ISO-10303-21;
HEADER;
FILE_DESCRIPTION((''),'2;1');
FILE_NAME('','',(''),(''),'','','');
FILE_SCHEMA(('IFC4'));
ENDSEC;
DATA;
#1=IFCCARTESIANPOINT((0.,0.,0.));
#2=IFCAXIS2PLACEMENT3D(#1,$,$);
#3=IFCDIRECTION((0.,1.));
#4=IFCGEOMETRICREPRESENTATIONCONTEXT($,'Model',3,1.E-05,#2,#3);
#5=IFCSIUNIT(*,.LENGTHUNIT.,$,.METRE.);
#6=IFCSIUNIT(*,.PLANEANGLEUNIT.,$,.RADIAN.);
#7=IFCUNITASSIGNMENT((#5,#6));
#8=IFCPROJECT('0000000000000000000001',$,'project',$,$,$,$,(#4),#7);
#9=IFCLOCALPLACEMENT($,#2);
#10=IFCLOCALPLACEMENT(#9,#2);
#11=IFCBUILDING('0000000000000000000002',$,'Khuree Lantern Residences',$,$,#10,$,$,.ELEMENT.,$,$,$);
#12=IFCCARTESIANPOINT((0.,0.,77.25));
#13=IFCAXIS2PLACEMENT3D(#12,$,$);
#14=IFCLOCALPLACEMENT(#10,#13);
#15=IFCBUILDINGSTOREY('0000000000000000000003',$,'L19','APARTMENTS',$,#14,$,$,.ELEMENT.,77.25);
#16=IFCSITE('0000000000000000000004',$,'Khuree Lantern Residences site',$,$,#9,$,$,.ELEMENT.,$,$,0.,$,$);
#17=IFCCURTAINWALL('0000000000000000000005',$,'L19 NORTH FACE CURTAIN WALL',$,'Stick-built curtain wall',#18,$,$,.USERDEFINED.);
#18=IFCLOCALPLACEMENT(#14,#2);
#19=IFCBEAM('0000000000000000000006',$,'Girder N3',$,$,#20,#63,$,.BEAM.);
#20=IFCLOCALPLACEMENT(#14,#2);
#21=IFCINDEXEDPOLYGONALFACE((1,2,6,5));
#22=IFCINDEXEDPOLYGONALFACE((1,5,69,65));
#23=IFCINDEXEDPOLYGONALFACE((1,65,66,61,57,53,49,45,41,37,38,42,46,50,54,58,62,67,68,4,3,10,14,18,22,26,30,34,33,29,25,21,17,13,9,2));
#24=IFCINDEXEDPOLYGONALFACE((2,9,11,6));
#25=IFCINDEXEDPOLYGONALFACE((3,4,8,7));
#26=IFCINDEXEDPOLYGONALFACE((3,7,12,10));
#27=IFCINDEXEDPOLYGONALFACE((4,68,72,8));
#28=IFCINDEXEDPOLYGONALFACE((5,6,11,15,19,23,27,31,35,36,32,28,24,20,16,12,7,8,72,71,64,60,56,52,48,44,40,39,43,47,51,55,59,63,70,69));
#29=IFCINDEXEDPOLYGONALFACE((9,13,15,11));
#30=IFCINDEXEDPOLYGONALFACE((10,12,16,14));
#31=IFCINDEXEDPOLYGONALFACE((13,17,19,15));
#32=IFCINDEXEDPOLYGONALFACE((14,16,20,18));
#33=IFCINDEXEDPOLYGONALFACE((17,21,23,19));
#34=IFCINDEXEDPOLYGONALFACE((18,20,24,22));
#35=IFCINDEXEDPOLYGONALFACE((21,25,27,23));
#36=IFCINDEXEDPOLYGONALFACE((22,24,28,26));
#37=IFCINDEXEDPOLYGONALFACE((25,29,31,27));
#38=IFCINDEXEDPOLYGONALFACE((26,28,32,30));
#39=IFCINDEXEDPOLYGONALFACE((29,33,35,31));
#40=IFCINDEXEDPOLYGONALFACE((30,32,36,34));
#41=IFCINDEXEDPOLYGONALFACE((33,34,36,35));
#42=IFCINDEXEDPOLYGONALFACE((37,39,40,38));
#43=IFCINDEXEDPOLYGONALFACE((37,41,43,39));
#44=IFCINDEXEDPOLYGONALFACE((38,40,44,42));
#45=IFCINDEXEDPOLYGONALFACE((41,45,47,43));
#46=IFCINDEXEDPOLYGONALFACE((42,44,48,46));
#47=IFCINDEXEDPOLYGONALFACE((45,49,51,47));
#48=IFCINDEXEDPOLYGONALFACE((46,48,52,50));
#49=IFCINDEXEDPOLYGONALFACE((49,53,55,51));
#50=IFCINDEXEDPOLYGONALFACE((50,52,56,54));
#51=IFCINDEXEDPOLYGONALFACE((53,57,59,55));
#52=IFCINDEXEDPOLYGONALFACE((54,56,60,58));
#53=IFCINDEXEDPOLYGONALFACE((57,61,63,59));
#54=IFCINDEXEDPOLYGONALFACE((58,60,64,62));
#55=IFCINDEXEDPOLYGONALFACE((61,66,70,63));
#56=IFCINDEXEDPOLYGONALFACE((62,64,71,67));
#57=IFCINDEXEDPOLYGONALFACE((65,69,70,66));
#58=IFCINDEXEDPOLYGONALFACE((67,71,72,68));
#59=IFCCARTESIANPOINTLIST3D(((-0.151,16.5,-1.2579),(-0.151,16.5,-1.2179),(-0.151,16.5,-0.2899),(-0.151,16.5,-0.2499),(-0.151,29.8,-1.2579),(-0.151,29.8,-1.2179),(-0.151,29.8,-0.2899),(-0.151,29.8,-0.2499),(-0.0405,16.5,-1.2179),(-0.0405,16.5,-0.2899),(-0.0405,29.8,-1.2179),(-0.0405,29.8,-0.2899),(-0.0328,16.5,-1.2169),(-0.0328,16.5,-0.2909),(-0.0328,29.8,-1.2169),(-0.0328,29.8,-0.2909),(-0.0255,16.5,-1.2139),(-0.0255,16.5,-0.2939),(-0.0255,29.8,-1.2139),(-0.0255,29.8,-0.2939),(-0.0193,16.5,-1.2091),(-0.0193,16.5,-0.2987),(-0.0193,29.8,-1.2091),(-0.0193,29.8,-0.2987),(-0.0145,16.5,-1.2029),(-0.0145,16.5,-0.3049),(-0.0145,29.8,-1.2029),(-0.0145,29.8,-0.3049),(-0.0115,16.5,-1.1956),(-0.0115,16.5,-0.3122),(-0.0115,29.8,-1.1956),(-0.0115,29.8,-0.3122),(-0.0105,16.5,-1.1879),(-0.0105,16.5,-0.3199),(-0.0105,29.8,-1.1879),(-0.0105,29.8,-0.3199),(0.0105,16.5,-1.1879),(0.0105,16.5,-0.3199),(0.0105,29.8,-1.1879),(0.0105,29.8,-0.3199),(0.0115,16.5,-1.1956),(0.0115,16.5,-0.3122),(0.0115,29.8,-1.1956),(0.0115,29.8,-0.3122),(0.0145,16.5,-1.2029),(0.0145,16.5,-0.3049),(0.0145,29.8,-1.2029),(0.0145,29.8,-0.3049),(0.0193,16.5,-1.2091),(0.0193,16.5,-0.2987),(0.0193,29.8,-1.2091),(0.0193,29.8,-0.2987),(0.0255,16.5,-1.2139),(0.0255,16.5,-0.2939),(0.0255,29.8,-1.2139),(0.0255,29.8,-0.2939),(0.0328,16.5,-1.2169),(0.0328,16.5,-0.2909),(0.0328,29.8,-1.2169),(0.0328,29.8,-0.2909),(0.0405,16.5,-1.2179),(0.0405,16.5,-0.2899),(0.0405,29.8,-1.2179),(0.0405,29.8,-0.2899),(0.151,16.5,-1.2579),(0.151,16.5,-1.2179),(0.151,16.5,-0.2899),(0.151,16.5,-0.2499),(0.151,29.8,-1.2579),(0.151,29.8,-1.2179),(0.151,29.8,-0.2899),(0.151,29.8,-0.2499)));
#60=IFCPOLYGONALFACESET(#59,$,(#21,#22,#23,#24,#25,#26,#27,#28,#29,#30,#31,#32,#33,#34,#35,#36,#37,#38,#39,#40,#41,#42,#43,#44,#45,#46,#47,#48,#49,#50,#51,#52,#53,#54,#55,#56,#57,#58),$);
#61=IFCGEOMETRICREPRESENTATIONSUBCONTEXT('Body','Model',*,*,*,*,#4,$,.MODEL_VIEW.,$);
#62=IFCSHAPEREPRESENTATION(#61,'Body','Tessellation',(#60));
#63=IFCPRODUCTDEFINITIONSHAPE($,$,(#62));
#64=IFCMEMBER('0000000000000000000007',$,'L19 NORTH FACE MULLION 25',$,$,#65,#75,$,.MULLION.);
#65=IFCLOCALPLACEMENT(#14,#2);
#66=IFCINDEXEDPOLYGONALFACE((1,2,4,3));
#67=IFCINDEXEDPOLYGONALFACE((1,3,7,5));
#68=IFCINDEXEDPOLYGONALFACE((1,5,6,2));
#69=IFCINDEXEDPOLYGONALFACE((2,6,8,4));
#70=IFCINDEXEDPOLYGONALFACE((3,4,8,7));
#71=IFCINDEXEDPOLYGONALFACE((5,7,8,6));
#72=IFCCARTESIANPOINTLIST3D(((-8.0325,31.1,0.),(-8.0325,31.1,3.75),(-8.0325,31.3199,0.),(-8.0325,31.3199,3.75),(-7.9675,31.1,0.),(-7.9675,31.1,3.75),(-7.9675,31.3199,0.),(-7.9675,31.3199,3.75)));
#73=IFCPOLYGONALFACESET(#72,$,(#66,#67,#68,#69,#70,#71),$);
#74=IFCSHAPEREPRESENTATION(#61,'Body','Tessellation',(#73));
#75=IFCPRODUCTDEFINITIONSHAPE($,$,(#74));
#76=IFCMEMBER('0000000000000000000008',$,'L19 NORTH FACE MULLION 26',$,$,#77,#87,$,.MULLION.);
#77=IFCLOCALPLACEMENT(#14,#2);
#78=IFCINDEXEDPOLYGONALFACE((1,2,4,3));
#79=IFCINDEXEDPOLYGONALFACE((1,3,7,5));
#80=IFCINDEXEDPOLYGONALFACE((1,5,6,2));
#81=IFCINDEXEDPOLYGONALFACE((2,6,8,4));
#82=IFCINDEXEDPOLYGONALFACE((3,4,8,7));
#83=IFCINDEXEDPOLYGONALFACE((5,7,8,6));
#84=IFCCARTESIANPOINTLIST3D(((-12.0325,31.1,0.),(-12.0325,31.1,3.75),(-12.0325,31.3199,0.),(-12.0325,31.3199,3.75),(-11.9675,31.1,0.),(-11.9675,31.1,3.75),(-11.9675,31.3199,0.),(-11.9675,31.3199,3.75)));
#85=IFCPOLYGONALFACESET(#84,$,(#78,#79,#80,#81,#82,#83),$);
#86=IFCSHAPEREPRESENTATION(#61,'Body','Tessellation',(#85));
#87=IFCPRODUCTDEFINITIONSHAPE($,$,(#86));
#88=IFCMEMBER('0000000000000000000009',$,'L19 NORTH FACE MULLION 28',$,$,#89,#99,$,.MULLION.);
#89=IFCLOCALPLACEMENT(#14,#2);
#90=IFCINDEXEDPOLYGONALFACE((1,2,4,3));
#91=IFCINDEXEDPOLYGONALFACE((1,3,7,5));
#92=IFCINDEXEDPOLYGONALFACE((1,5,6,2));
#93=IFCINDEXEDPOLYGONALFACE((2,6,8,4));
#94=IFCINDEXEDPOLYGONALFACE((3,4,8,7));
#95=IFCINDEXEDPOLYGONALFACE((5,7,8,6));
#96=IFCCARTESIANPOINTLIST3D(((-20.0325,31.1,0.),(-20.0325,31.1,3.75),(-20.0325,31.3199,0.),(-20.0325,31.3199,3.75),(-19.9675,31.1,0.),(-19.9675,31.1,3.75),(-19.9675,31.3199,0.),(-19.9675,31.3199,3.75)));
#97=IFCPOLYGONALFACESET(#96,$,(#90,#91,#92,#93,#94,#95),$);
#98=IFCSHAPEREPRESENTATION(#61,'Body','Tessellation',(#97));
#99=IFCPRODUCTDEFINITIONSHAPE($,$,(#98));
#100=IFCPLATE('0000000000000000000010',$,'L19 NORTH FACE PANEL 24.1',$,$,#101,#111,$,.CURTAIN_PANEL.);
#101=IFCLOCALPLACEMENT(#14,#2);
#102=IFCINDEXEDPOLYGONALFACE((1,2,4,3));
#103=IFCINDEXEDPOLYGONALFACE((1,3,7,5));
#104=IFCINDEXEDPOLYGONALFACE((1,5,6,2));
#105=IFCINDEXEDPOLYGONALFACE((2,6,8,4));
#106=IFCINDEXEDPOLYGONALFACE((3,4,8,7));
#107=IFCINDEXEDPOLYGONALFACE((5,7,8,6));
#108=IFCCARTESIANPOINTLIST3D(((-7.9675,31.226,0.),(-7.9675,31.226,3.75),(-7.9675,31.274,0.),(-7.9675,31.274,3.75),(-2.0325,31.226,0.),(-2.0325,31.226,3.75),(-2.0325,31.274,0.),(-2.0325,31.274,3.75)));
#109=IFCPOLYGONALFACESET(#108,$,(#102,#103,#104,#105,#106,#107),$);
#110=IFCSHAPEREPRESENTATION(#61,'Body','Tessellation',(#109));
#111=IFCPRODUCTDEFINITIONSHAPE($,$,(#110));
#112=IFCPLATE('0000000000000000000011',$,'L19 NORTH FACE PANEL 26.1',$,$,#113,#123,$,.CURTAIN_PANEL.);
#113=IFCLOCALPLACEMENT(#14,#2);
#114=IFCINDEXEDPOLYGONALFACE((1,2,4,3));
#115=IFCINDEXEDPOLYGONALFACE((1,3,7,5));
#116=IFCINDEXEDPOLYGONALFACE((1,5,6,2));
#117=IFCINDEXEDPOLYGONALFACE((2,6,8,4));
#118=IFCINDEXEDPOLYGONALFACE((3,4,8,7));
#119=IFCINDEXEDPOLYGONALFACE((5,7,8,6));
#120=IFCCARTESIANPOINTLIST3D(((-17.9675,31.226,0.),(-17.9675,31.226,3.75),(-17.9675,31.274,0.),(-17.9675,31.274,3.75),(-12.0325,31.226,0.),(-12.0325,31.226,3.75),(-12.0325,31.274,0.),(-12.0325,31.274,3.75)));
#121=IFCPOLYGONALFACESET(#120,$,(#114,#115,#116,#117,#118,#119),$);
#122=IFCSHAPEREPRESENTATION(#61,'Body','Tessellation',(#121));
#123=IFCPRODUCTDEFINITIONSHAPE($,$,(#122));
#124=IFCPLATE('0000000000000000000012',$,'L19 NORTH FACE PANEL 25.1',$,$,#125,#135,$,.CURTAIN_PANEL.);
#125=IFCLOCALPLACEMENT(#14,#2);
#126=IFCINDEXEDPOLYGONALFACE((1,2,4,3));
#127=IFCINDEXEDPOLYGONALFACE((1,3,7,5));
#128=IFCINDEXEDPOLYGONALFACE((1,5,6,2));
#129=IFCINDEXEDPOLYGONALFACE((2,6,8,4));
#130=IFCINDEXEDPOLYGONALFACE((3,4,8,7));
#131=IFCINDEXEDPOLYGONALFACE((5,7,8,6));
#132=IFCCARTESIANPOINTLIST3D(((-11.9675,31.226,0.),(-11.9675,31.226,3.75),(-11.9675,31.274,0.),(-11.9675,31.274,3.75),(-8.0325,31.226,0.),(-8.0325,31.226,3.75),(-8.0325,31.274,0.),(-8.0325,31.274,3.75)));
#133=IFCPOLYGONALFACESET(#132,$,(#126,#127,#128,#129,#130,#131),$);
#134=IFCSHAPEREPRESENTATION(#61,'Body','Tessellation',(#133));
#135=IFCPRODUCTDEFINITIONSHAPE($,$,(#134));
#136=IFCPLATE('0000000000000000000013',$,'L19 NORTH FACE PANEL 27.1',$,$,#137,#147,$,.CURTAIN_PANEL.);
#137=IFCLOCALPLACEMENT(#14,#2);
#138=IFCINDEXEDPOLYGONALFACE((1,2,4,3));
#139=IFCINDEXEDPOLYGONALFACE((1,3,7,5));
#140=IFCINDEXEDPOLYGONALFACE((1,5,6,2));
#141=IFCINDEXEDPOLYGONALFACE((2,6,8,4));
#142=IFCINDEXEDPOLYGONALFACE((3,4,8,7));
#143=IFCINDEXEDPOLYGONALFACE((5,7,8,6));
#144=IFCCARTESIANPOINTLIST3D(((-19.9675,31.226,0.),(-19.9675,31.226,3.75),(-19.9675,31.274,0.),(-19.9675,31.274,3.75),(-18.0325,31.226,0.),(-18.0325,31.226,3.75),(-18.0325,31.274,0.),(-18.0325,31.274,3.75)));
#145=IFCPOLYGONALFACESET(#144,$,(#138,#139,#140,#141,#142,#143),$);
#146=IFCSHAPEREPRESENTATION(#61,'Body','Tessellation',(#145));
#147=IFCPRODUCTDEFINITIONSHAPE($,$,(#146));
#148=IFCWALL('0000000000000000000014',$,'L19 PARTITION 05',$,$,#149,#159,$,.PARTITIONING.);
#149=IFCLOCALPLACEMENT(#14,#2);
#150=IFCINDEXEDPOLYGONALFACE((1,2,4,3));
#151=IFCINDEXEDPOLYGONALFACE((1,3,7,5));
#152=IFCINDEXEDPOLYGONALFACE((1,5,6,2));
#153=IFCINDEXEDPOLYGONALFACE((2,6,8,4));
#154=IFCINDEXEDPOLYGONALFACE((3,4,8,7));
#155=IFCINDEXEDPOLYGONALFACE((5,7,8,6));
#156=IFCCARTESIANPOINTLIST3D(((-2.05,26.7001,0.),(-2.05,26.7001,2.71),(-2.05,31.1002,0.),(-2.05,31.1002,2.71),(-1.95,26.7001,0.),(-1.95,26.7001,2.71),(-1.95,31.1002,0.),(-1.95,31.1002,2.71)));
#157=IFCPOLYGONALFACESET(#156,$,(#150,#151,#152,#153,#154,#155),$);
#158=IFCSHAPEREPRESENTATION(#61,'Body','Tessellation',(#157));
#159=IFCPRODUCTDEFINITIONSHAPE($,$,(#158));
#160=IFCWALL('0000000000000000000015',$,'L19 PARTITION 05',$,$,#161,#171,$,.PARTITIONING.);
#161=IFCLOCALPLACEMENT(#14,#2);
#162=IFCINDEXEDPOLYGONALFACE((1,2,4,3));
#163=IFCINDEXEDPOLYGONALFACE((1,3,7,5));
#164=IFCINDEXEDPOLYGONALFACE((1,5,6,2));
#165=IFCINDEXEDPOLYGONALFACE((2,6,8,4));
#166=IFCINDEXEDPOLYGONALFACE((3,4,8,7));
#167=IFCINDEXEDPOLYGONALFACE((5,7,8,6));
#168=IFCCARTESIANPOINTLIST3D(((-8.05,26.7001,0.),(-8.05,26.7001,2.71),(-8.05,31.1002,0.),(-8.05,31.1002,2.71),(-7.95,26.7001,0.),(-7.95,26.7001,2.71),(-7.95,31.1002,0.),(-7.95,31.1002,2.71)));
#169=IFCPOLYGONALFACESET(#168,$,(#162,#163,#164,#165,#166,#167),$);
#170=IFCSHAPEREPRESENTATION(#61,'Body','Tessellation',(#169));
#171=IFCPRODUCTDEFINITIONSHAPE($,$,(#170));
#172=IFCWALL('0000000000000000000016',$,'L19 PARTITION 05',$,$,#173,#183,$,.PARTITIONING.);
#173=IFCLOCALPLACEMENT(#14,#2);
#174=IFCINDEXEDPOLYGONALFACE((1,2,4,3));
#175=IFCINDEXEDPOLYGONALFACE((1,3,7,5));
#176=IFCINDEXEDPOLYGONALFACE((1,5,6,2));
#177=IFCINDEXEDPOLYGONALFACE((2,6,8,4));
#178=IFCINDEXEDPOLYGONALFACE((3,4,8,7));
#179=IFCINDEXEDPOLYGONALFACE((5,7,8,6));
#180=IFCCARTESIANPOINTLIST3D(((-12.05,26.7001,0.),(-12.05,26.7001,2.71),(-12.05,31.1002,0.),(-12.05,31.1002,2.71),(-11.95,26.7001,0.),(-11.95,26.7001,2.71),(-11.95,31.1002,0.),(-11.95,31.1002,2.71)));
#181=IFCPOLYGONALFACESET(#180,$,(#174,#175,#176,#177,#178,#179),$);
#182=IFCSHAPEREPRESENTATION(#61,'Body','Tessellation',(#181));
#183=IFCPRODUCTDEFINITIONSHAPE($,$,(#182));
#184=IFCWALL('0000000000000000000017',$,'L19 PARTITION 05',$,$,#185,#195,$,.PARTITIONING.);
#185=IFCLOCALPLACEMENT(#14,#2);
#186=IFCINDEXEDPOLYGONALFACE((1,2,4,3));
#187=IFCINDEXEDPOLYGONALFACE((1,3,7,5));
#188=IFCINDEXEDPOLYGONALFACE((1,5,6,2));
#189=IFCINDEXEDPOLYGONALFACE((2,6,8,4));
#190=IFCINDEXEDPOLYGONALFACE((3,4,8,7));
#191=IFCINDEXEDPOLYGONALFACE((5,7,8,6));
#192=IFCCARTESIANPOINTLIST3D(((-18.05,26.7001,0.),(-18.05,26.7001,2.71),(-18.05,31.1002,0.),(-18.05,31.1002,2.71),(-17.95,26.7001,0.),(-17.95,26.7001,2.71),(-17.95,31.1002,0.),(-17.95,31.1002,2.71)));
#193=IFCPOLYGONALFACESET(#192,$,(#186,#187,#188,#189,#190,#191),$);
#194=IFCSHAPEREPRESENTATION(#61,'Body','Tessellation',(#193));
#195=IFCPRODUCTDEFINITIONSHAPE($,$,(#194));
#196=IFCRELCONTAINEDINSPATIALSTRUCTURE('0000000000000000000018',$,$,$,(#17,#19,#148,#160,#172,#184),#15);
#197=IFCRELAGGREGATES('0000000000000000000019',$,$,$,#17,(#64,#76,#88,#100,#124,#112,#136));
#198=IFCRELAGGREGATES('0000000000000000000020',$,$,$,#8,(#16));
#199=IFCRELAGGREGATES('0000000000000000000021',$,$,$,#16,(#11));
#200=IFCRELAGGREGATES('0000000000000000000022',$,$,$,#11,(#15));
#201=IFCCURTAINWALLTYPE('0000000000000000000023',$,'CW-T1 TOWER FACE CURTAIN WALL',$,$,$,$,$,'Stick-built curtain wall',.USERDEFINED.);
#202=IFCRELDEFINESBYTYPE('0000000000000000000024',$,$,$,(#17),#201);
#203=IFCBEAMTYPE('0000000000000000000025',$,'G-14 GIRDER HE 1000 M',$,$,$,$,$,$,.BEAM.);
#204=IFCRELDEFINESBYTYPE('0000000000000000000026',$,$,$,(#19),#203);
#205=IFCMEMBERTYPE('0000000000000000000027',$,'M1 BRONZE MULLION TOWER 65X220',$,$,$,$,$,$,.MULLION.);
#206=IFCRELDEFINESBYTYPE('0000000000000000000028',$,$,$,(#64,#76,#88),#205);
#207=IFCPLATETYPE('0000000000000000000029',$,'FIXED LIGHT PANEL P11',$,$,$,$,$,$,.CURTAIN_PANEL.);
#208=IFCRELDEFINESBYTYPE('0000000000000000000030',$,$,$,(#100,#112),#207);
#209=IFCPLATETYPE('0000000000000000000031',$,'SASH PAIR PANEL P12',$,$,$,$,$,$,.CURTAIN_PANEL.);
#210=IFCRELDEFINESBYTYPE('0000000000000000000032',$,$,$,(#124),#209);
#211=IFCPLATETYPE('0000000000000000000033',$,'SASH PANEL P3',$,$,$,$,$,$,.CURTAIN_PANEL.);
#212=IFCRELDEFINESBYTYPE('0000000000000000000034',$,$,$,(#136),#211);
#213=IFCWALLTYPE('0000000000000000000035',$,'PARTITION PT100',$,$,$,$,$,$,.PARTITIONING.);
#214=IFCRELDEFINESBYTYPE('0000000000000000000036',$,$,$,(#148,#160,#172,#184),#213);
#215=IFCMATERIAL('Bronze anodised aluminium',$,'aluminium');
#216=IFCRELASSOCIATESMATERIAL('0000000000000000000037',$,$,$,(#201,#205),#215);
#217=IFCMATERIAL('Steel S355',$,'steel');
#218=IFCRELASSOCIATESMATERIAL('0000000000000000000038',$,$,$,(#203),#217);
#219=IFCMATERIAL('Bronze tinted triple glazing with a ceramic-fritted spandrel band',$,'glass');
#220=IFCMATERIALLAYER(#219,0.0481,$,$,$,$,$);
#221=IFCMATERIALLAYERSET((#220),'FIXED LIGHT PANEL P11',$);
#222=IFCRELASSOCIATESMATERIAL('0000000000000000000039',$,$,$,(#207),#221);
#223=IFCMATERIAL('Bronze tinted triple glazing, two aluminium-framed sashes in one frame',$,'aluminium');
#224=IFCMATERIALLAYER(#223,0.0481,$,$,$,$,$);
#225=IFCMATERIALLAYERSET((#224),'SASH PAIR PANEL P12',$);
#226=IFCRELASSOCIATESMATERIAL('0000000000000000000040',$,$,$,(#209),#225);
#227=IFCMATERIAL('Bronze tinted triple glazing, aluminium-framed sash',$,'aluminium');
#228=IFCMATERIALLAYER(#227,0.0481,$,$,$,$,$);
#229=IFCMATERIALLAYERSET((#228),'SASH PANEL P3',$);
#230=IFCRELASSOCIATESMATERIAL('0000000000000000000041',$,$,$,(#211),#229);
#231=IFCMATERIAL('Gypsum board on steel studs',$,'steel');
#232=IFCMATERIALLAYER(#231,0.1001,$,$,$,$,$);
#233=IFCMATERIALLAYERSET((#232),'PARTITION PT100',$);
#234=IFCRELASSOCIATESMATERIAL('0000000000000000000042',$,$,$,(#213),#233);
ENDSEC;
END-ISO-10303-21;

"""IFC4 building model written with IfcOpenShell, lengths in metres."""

from ifc_helpers import new_model, si_unit, direction, frame, frame_2d, origin, origin_2d, place, context, subcontext, project, spatial, rectangle, i_section, extrude, material, layer, layer_set, material_profile, profile_set, type_object, element, aggregate, save


model = new_model("IFC4")

# Units and contexts
model_context = context("Model", 3, precision=1e-05, world=origin(), true_north=direction((0.0, 1.0)))
body_context = subcontext(model_context, "Body", "Model", "MODEL_VIEW")
ifc_project = project(units=[si_unit("LENGTHUNIT", "METRE"), si_unit("PLANEANGLEUNIT", "RADIAN")], contexts=[model_context])

# Site, building, storey
site_placement = place(None, origin())
site = spatial("IfcSite", under=ifc_project, at=site_placement, Name="Khuree Lantern Residences site", CompositionType="ELEMENT", RefElevation=0.0)
building_placement = place(site_placement, origin())
building = spatial("IfcBuilding", under=site, at=building_placement, Name="Khuree Lantern Residences", CompositionType="ELEMENT")
storey_placement = place(building_placement, frame((0.0, 0.0, 77.25)))
storey = spatial("IfcBuildingStorey", under=building, at=storey_placement, Name="L19", Description="APARTMENTS", CompositionType="ELEMENT", Elevation=77.25)

# Shared definitions
ifc_material_1 = material(Name="Steel S355", Category="steel")

# Curtain wall
ifc_material_2 = material(Name="Bronze anodised aluminium", Category="aluminium")
curtain_wall_type = type_object("IfcCurtainWallType", Name="CW-T1 TOWER FACE CURTAIN WALL", ElementType="Stick-built curtain wall", PredefinedType="USERDEFINED", material=ifc_material_2)
curtain_wall_placement = place(storey_placement, origin())
curtain_wall = element("IfcCurtainWall", 1, at=curtain_wall_placement, inside=storey, type_object=curtain_wall_type, Name="L19 NORTH FACE CURTAIN WALL", ObjectType="Stick-built curtain wall", PredefinedType="USERDEFINED")

# Beam
ifc_material_profile_1 = material_profile(ifc_material_1, i_section(OverallWidth=0.302, OverallDepth=1.0081, WebThickness=0.021, FlangeThickness=0.04, FilletRadius=0.03, at=origin_2d()), Name="HE 1000 M")
ifc_profile_set_1 = profile_set([ifc_material_profile_1], Name="Steel S355")
beam_type_1 = type_object("IfcBeamType", Name="G-14 GIRDER HE 1000 M", PredefinedType="BEAM", material=ifc_profile_set_1)
for number, where, z_axis, x_axis, name in (
    (2, (0.0, 29.8, -0.7539), (0.0, -1.0, 0.0), (1.0, 0.0, 0.0), "Girder N3"),
):
    element("IfcBeam", number, at=place(storey_placement, frame(where, z_axis=z_axis, x_axis=x_axis)), inside=storey, type_object=beam_type_1, Name=name, PredefinedType="BEAM", context=body_context, shape_type="SweptSolid", body=[
        extrude(i_section(OverallWidth=0.302, OverallDepth=1.0081, WebThickness=0.021, FlangeThickness=0.04, FilletRadius=0.03, at=origin_2d()), origin(), (0.0, 0.0, 1.0), 13.3),
    ])

# Members
ifc_material_profile_2 = material_profile(ifc_material_2, rectangle(XDim=0.0649, YDim=0.22, at=origin_2d()), Name="M1 65X220")
ifc_profile_set_2 = profile_set([ifc_material_profile_2], Name="Bronze anodised aluminium")
member_type_1 = type_object("IfcMemberType", Name="M1 BRONZE MULLION TOWER 65X220", PredefinedType="MULLION", material=ifc_profile_set_2)
member_1_placement = place(storey_placement, frame((-8.0, 31.21, 0.0), z_axis=(0.0, 0.0, 1.0), x_axis=(-1.0, 0.0, 0.0)))
member_1 = element("IfcMember", 3, at=member_1_placement, type_object=member_type_1, Name="L19 NORTH FACE MULLION 25", PredefinedType="MULLION", context=body_context, shape_type="SweptSolid", body=[
    extrude(rectangle(XDim=0.0649, YDim=0.22, at=origin_2d()), origin(), (0.0, 0.0, 1.0), 3.75),
])
member_2_placement = place(storey_placement, frame((-12.0, 31.21, 0.0), z_axis=(0.0, 0.0, 1.0), x_axis=(-1.0, 0.0, 0.0)))
member_2 = element("IfcMember", 4, at=member_2_placement, type_object=member_type_1, Name="L19 NORTH FACE MULLION 26", PredefinedType="MULLION", context=body_context, shape_type="SweptSolid", body=[
    extrude(rectangle(XDim=0.0649, YDim=0.22, at=origin_2d()), origin(), (0.0, 0.0, 1.0), 3.75),
])
member_3_placement = place(storey_placement, frame((-20.0, 31.21, 0.0), z_axis=(0.0, 0.0, 1.0), x_axis=(-1.0, 0.0, 0.0)))
member_3 = element("IfcMember", 5, at=member_3_placement, type_object=member_type_1, Name="L19 NORTH FACE MULLION 28", PredefinedType="MULLION", context=body_context, shape_type="SweptSolid", body=[
    extrude(rectangle(XDim=0.0649, YDim=0.22, at=origin_2d()), origin(), (0.0, 0.0, 1.0), 3.75),
])

# Plates
ifc_material_3 = material(Name="Bronze tinted triple glazing with a ceramic-fritted spandrel band", Category="glass")
ifc_layer_1 = layer(ifc_material_3, 0.0481)
ifc_layer_set_1 = layer_set([ifc_layer_1], Name="FIXED LIGHT PANEL P11")
plate_type_1 = type_object("IfcPlateType", Name="FIXED LIGHT PANEL P11", PredefinedType="CURTAIN_PANEL", material=ifc_layer_set_1)
plate_1_placement = place(storey_placement, frame((-5.0, 31.25, 0.0), z_axis=(0.0, 0.0, 1.0), x_axis=(-1.0, 0.0, 0.0)))
plate_1 = element("IfcPlate", 6, at=plate_1_placement, type_object=plate_type_1, Name="L19 NORTH FACE PANEL 24.1", PredefinedType="CURTAIN_PANEL", context=body_context, shape_type="SweptSolid", body=[
    extrude(rectangle(XDim=5.9351, YDim=0.0481, at=origin_2d()), origin(), (0.0, 0.0, 1.0), 3.75),
])
plate_2_placement = place(storey_placement, frame((-15.0, 31.25, 0.0), z_axis=(0.0, 0.0, 1.0), x_axis=(-1.0, 0.0, 0.0)))
plate_2 = element("IfcPlate", 7, at=plate_2_placement, type_object=plate_type_1, Name="L19 NORTH FACE PANEL 26.1", PredefinedType="CURTAIN_PANEL", context=body_context, shape_type="SweptSolid", body=[
    extrude(rectangle(XDim=5.9351, YDim=0.0481, at=origin_2d()), origin(), (0.0, 0.0, 1.0), 3.75),
])
ifc_material_4 = material(Name="Bronze tinted triple glazing, two aluminium-framed sashes in one frame", Category="aluminium")
ifc_layer_2 = layer(ifc_material_4, 0.0481)
ifc_layer_set_2 = layer_set([ifc_layer_2], Name="SASH PAIR PANEL P12")
plate_type_2 = type_object("IfcPlateType", Name="SASH PAIR PANEL P12", PredefinedType="CURTAIN_PANEL", material=ifc_layer_set_2)
plate_3_placement = place(storey_placement, frame((-10.0, 31.25, 0.0), z_axis=(0.0, 0.0, 1.0), x_axis=(-1.0, 0.0, 0.0)))
plate_3 = element("IfcPlate", 8, at=plate_3_placement, type_object=plate_type_2, Name="L19 NORTH FACE PANEL 25.1", PredefinedType="CURTAIN_PANEL", context=body_context, shape_type="SweptSolid", body=[
    extrude(rectangle(XDim=3.9351, YDim=0.0481, at=origin_2d()), origin(), (0.0, 0.0, 1.0), 3.75),
])
ifc_material_5 = material(Name="Bronze tinted triple glazing, aluminium-framed sash", Category="aluminium")
ifc_layer_3 = layer(ifc_material_5, 0.0481)
ifc_layer_set_3 = layer_set([ifc_layer_3], Name="SASH PANEL P3")
plate_type_3 = type_object("IfcPlateType", Name="SASH PANEL P3", PredefinedType="CURTAIN_PANEL", material=ifc_layer_set_3)
plate_4_placement = place(storey_placement, frame((-19.0, 31.25, 0.0), z_axis=(0.0, 0.0, 1.0), x_axis=(-1.0, 0.0, 0.0)))
plate_4 = element("IfcPlate", 9, at=plate_4_placement, type_object=plate_type_3, Name="L19 NORTH FACE PANEL 27.1", PredefinedType="CURTAIN_PANEL", context=body_context, shape_type="SweptSolid", body=[
    extrude(rectangle(XDim=1.9351, YDim=0.0481, at=origin_2d()), origin(), (0.0, 0.0, 1.0), 3.75),
])
aggregate(curtain_wall, [member_1, member_2, member_3, plate_1, plate_3, plate_2, plate_4])

# Walls
ifc_material_6 = material(Name="Gypsum board on steel studs", Category="steel")
ifc_layer_4 = layer(ifc_material_6, 0.1001)
ifc_layer_set_4 = layer_set([ifc_layer_4], Name="PARTITION PT100")
wall_type = type_object("IfcWallType", Name="PARTITION PT100", PredefinedType="PARTITIONING", material=ifc_layer_set_4)
for number, where, z_axis, x_axis, name in (
    (10, (-2.0, 26.7, 0.0), (0.0, 0.0, 1.0), (0.0, 1.0, 0.0), "L19 PARTITION 05"),
    (11, (-8.0, 26.7, 0.0), (0.0, 0.0, 1.0), (0.0, 1.0, 0.0), "L19 PARTITION 05"),
    (12, (-12.0, 26.7, 0.0), (0.0, 0.0, 1.0), (0.0, 1.0, 0.0), "L19 PARTITION 05"),
    (13, (-18.0, 26.7, 0.0), (0.0, 0.0, 1.0), (0.0, 1.0, 0.0), "L19 PARTITION 05"),
):
    element("IfcWall", number, at=place(storey_placement, frame(where, z_axis=z_axis, x_axis=x_axis)), inside=storey, type_object=wall_type, Name=name, PredefinedType="PARTITIONING", context=body_context, shape_type="SweptSolid", body=[
        extrude(rectangle(XDim=4.4001, YDim=0.1001, at=frame_2d((2.2002, 0.0))), origin(), (0.0, 0.0, 1.0), 2.71),
    ])

save(model, "model.ifc")
